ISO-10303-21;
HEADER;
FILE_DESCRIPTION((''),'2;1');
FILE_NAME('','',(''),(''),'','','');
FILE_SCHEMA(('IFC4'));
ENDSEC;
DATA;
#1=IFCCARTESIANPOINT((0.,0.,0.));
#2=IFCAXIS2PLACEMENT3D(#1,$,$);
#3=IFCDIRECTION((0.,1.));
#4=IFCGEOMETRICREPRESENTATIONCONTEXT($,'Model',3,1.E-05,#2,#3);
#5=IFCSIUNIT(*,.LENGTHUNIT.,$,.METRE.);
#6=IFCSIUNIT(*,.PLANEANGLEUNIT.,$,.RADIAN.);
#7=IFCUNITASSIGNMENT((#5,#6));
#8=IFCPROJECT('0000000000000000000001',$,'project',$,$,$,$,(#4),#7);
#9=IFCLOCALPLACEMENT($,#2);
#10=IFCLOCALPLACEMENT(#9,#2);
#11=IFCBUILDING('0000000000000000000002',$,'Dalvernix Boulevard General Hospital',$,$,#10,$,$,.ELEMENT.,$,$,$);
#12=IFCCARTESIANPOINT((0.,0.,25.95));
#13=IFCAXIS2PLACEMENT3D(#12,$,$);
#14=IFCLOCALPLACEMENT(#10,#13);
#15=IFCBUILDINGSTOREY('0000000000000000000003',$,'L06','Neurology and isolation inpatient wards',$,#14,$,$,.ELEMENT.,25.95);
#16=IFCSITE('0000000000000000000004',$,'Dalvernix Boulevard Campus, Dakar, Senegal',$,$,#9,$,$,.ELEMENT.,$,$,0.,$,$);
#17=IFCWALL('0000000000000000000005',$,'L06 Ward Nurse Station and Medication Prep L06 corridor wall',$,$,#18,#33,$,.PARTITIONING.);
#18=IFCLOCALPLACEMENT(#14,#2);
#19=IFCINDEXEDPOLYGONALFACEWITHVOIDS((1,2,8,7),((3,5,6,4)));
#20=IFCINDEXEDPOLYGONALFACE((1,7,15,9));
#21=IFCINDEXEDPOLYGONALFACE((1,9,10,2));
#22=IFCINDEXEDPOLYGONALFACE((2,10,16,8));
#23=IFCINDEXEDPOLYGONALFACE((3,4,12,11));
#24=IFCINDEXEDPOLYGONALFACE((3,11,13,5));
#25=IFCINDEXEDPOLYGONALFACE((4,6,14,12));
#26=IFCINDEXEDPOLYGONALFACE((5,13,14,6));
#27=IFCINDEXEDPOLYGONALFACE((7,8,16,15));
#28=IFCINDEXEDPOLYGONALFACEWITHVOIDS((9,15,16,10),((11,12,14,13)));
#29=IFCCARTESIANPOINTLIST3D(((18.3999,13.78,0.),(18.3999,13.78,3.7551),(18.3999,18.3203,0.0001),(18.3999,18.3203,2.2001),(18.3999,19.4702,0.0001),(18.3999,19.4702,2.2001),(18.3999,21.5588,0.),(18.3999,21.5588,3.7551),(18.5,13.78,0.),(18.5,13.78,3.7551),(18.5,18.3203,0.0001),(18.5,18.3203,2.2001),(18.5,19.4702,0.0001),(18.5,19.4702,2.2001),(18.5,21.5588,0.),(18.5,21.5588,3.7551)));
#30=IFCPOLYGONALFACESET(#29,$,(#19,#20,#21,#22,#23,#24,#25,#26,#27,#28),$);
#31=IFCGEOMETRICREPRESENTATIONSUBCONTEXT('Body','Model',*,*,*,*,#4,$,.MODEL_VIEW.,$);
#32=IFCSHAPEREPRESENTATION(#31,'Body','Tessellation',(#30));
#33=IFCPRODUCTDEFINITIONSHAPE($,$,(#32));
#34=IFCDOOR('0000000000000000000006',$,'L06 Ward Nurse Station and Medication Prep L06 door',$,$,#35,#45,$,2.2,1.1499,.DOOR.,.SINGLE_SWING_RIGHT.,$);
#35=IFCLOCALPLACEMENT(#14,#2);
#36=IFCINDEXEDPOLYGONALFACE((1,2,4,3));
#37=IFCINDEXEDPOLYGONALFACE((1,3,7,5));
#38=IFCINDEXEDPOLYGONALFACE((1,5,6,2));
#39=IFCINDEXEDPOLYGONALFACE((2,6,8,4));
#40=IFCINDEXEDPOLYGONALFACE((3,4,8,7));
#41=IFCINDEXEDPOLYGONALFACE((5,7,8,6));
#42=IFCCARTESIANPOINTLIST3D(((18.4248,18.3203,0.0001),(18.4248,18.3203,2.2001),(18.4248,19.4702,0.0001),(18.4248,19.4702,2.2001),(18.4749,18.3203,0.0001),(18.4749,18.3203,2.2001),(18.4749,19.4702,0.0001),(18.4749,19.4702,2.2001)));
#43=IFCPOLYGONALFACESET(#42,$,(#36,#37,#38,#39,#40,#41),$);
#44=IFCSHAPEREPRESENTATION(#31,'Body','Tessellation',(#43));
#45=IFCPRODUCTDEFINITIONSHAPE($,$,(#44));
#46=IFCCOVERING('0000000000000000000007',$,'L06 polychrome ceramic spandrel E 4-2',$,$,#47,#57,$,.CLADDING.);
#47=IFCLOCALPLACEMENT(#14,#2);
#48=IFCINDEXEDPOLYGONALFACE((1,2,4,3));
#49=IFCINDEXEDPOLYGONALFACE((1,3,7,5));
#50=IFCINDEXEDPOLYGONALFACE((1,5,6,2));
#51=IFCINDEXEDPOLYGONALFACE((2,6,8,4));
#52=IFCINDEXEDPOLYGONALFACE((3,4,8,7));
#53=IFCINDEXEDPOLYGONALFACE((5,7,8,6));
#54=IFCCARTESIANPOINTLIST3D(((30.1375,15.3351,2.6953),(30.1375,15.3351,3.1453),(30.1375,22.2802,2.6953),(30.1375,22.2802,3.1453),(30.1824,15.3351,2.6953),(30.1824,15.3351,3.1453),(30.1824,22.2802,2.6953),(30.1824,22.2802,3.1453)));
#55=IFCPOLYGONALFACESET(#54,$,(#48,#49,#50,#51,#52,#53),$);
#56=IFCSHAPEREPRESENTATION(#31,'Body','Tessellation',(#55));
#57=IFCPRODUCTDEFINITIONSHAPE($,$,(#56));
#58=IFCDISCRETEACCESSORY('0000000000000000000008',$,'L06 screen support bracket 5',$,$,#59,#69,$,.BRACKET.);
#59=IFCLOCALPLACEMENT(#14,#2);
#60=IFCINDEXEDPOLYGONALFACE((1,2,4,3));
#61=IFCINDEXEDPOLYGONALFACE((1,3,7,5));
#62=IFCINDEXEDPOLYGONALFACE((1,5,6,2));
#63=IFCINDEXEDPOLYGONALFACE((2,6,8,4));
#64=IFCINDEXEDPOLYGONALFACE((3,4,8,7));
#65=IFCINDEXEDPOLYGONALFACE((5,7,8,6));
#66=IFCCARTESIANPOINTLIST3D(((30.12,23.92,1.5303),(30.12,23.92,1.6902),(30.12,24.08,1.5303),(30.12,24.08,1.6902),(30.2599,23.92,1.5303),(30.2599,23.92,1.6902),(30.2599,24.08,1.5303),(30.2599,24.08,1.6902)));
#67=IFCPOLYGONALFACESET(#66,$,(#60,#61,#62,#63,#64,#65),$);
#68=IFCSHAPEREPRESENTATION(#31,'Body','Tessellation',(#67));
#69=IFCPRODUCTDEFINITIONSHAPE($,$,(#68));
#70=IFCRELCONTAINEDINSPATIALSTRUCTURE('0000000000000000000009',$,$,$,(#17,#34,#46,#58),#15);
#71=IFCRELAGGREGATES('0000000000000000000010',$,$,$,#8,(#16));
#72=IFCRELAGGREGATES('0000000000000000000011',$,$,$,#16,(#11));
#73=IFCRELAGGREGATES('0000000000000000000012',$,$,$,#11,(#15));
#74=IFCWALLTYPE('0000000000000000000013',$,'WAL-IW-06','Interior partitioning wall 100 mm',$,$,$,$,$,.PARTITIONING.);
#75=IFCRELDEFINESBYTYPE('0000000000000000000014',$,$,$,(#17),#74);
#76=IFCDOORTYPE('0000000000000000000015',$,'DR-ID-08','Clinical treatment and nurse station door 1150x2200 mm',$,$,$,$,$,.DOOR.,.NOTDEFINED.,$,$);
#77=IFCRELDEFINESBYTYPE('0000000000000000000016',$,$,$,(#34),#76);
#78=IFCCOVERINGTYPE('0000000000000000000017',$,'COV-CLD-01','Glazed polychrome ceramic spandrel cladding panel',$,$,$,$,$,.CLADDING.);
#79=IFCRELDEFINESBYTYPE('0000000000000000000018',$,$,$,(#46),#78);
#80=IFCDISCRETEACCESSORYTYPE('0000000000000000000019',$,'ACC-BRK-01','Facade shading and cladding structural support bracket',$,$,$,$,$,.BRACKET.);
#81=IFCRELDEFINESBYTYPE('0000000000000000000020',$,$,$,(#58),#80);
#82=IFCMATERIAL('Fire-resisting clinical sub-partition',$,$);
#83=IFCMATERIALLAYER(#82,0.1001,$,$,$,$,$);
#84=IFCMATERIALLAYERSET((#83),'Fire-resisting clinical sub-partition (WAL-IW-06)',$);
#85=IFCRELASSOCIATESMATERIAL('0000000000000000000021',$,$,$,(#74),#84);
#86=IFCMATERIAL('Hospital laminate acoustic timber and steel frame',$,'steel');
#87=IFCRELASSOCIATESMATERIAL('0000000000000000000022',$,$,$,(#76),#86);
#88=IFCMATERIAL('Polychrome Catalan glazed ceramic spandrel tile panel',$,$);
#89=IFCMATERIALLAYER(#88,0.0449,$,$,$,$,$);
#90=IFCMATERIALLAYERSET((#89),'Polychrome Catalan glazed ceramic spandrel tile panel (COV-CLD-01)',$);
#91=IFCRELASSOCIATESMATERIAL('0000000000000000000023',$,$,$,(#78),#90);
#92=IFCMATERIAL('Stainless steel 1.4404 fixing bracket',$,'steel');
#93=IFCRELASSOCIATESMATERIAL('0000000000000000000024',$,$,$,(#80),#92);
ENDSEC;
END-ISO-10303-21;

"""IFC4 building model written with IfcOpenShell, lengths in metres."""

from ifc_helpers import new_model, si_unit, direction, frame, frame_2d, origin, origin_2d, place, context, subcontext, project, spatial, rectangle, extrude, material, layer, layer_set, type_object, element, fill, save


model = new_model("IFC4")

# Units and contexts
model_context = context("Model", 3, precision=1e-05, world=origin(), true_north=direction((0.0, 1.0)))
body_context = subcontext(model_context, "Body", "Model", "MODEL_VIEW")
ifc_project = project(units=[si_unit("LENGTHUNIT", "METRE"), si_unit("PLANEANGLEUNIT", "RADIAN")], contexts=[model_context])

# Site, building, storey
site_placement = place(None, origin())
site = spatial("IfcSite", under=ifc_project, at=site_placement, Name="Dalvernix Boulevard Campus, Dakar, Senegal", CompositionType="ELEMENT", RefElevation=0.0)
building_placement = place(site_placement, origin())
building = spatial("IfcBuilding", under=site, at=building_placement, Name="Dalvernix Boulevard General Hospital", CompositionType="ELEMENT")
storey_placement = place(building_placement, frame((0.0, 0.0, 25.95)))
storey = spatial("IfcBuildingStorey", under=building, at=storey_placement, Name="L06", Description="Neurology and isolation inpatient wards", CompositionType="ELEMENT", Elevation=25.95)

# Shared definitions
ifc_material_1 = material(Name="Hospital laminate acoustic timber and steel frame", Category="steel")

# Wall, opening, door
ifc_material_2 = material(Name="Fire-resisting clinical sub-partition")
ifc_layer_1 = layer(ifc_material_2, 0.1001)
ifc_layer_set_1 = layer_set([ifc_layer_1], Name="Fire-resisting clinical sub-partition (WAL-IW-06)")
wall_type_1 = type_object("IfcWallType", Name="WAL-IW-06", Description="Interior partitioning wall 100 mm", PredefinedType="PARTITIONING", material=ifc_layer_set_1)
wall_1_placement = place(storey_placement, frame((18.45, 21.5588, 0.0), z_axis=(0.0, 0.0, 1.0), x_axis=(0.0, -1.0, 0.0)))
wall_1 = element("IfcWall", 1, at=wall_1_placement, inside=storey, type_object=wall_type_1, Name="L06 Ward Nurse Station and Medication Prep L06 corridor wall", PredefinedType="PARTITIONING", context=body_context, shape_type="SweptSolid", body=[
    extrude(rectangle(XDim=7.7788, YDim=0.1001, at=frame_2d((3.8894, 0.0))), origin(), (0.0, 0.0, 1.0), 3.7551),
])
opening_1_placement = place(wall_1_placement, frame((2.0886, 0.0, 0.0)))
opening_1 = element("IfcOpeningElement", 2, at=opening_1_placement, cuts=wall_1, PredefinedType="OPENING", context=body_context, shape_type="SweptSolid", body=[
    extrude(rectangle(XDim=1.1499, YDim=2.2, at=frame_2d((0.575, 1.1001))), frame((0.0, 0.0601, 0.0), z_axis=(0.0, -1.0, 0.0), x_axis=(1.0, 0.0, 0.0)), (0.0, 0.0, 1.0), 0.1201),
])
door_type_1 = type_object("IfcDoorType", Name="DR-ID-08", Description="Clinical treatment and nurse station door 1150x2200 mm", OperationType="NOTDEFINED", PredefinedType="DOOR", material=ifc_material_1)
door_1_placement = place(opening_1_placement, origin())
door_1 = element("IfcDoor", 3, at=door_1_placement, inside=storey, type_object=door_type_1, Name="L06 Ward Nurse Station and Medication Prep L06 door", OperationType="SINGLE_SWING_RIGHT", OverallHeight=2.2, OverallWidth=1.1499, PredefinedType="DOOR", context=body_context, shape_type="SweptSolid", body=[
    extrude(rectangle(XDim=1.1499, YDim=2.2, at=frame_2d((0.575, 1.1001))), frame((0.0, 0.0249, 0.0), z_axis=(0.0, -1.0, 0.0), x_axis=(1.0, 0.0, 0.0)), (0.0, 0.0, 1.0), 0.05),
])
fill(opening_1, door_1)

# Covering
ifc_material_3 = material(Name="Polychrome Catalan glazed ceramic spandrel tile panel")
ifc_layer_2 = layer(ifc_material_3, 0.0449)
ifc_layer_set_2 = layer_set([ifc_layer_2], Name="Polychrome Catalan glazed ceramic spandrel tile panel (COV-CLD-01)")
covering_type = type_object("IfcCoveringType", Name="COV-CLD-01", Description="Glazed polychrome ceramic spandrel cladding panel", PredefinedType="CLADDING", material=ifc_layer_set_2)
covering_placement = place(storey_placement, frame((30.1599, 18.8076, 2.6953), z_axis=(0.0, 0.0, 1.0), x_axis=(0.0, -1.0, 0.0)))
element("IfcCovering", 4, at=covering_placement, inside=storey, type_object=covering_type, Name="L06 polychrome ceramic spandrel E 4-2", PredefinedType="CLADDING", context=body_context, shape_type="SweptSolid", body=[
    extrude(rectangle(XDim=6.9451, YDim=0.0449, at=origin_2d()), origin(), (0.0, 0.0, 1.0), 0.45),
])

# Discrete accessory
ifc_material_4 = material(Name="Stainless steel 1.4404 fixing bracket", Category="steel")
discrete_accessory_type = type_object("IfcDiscreteAccessoryType", Name="ACC-BRK-01", Description="Facade shading and cladding structural support bracket", PredefinedType="BRACKET", material=ifc_material_4)
discrete_accessory_placement = place(storey_placement, frame((30.1899, 24.0, 1.5303), z_axis=(0.0, 0.0, 1.0), x_axis=(0.0, -1.0, 0.0)))
element("IfcDiscreteAccessory", 5, at=discrete_accessory_placement, inside=storey, type_object=discrete_accessory_type, Name="L06 screen support bracket 5", PredefinedType="BRACKET", context=body_context, shape_type="SweptSolid", body=[
    extrude(rectangle(XDim=0.1599, YDim=0.1399, at=origin_2d()), origin(), (0.0, 0.0, 1.0), 0.1599),
])

save(model, "model.ifc")
